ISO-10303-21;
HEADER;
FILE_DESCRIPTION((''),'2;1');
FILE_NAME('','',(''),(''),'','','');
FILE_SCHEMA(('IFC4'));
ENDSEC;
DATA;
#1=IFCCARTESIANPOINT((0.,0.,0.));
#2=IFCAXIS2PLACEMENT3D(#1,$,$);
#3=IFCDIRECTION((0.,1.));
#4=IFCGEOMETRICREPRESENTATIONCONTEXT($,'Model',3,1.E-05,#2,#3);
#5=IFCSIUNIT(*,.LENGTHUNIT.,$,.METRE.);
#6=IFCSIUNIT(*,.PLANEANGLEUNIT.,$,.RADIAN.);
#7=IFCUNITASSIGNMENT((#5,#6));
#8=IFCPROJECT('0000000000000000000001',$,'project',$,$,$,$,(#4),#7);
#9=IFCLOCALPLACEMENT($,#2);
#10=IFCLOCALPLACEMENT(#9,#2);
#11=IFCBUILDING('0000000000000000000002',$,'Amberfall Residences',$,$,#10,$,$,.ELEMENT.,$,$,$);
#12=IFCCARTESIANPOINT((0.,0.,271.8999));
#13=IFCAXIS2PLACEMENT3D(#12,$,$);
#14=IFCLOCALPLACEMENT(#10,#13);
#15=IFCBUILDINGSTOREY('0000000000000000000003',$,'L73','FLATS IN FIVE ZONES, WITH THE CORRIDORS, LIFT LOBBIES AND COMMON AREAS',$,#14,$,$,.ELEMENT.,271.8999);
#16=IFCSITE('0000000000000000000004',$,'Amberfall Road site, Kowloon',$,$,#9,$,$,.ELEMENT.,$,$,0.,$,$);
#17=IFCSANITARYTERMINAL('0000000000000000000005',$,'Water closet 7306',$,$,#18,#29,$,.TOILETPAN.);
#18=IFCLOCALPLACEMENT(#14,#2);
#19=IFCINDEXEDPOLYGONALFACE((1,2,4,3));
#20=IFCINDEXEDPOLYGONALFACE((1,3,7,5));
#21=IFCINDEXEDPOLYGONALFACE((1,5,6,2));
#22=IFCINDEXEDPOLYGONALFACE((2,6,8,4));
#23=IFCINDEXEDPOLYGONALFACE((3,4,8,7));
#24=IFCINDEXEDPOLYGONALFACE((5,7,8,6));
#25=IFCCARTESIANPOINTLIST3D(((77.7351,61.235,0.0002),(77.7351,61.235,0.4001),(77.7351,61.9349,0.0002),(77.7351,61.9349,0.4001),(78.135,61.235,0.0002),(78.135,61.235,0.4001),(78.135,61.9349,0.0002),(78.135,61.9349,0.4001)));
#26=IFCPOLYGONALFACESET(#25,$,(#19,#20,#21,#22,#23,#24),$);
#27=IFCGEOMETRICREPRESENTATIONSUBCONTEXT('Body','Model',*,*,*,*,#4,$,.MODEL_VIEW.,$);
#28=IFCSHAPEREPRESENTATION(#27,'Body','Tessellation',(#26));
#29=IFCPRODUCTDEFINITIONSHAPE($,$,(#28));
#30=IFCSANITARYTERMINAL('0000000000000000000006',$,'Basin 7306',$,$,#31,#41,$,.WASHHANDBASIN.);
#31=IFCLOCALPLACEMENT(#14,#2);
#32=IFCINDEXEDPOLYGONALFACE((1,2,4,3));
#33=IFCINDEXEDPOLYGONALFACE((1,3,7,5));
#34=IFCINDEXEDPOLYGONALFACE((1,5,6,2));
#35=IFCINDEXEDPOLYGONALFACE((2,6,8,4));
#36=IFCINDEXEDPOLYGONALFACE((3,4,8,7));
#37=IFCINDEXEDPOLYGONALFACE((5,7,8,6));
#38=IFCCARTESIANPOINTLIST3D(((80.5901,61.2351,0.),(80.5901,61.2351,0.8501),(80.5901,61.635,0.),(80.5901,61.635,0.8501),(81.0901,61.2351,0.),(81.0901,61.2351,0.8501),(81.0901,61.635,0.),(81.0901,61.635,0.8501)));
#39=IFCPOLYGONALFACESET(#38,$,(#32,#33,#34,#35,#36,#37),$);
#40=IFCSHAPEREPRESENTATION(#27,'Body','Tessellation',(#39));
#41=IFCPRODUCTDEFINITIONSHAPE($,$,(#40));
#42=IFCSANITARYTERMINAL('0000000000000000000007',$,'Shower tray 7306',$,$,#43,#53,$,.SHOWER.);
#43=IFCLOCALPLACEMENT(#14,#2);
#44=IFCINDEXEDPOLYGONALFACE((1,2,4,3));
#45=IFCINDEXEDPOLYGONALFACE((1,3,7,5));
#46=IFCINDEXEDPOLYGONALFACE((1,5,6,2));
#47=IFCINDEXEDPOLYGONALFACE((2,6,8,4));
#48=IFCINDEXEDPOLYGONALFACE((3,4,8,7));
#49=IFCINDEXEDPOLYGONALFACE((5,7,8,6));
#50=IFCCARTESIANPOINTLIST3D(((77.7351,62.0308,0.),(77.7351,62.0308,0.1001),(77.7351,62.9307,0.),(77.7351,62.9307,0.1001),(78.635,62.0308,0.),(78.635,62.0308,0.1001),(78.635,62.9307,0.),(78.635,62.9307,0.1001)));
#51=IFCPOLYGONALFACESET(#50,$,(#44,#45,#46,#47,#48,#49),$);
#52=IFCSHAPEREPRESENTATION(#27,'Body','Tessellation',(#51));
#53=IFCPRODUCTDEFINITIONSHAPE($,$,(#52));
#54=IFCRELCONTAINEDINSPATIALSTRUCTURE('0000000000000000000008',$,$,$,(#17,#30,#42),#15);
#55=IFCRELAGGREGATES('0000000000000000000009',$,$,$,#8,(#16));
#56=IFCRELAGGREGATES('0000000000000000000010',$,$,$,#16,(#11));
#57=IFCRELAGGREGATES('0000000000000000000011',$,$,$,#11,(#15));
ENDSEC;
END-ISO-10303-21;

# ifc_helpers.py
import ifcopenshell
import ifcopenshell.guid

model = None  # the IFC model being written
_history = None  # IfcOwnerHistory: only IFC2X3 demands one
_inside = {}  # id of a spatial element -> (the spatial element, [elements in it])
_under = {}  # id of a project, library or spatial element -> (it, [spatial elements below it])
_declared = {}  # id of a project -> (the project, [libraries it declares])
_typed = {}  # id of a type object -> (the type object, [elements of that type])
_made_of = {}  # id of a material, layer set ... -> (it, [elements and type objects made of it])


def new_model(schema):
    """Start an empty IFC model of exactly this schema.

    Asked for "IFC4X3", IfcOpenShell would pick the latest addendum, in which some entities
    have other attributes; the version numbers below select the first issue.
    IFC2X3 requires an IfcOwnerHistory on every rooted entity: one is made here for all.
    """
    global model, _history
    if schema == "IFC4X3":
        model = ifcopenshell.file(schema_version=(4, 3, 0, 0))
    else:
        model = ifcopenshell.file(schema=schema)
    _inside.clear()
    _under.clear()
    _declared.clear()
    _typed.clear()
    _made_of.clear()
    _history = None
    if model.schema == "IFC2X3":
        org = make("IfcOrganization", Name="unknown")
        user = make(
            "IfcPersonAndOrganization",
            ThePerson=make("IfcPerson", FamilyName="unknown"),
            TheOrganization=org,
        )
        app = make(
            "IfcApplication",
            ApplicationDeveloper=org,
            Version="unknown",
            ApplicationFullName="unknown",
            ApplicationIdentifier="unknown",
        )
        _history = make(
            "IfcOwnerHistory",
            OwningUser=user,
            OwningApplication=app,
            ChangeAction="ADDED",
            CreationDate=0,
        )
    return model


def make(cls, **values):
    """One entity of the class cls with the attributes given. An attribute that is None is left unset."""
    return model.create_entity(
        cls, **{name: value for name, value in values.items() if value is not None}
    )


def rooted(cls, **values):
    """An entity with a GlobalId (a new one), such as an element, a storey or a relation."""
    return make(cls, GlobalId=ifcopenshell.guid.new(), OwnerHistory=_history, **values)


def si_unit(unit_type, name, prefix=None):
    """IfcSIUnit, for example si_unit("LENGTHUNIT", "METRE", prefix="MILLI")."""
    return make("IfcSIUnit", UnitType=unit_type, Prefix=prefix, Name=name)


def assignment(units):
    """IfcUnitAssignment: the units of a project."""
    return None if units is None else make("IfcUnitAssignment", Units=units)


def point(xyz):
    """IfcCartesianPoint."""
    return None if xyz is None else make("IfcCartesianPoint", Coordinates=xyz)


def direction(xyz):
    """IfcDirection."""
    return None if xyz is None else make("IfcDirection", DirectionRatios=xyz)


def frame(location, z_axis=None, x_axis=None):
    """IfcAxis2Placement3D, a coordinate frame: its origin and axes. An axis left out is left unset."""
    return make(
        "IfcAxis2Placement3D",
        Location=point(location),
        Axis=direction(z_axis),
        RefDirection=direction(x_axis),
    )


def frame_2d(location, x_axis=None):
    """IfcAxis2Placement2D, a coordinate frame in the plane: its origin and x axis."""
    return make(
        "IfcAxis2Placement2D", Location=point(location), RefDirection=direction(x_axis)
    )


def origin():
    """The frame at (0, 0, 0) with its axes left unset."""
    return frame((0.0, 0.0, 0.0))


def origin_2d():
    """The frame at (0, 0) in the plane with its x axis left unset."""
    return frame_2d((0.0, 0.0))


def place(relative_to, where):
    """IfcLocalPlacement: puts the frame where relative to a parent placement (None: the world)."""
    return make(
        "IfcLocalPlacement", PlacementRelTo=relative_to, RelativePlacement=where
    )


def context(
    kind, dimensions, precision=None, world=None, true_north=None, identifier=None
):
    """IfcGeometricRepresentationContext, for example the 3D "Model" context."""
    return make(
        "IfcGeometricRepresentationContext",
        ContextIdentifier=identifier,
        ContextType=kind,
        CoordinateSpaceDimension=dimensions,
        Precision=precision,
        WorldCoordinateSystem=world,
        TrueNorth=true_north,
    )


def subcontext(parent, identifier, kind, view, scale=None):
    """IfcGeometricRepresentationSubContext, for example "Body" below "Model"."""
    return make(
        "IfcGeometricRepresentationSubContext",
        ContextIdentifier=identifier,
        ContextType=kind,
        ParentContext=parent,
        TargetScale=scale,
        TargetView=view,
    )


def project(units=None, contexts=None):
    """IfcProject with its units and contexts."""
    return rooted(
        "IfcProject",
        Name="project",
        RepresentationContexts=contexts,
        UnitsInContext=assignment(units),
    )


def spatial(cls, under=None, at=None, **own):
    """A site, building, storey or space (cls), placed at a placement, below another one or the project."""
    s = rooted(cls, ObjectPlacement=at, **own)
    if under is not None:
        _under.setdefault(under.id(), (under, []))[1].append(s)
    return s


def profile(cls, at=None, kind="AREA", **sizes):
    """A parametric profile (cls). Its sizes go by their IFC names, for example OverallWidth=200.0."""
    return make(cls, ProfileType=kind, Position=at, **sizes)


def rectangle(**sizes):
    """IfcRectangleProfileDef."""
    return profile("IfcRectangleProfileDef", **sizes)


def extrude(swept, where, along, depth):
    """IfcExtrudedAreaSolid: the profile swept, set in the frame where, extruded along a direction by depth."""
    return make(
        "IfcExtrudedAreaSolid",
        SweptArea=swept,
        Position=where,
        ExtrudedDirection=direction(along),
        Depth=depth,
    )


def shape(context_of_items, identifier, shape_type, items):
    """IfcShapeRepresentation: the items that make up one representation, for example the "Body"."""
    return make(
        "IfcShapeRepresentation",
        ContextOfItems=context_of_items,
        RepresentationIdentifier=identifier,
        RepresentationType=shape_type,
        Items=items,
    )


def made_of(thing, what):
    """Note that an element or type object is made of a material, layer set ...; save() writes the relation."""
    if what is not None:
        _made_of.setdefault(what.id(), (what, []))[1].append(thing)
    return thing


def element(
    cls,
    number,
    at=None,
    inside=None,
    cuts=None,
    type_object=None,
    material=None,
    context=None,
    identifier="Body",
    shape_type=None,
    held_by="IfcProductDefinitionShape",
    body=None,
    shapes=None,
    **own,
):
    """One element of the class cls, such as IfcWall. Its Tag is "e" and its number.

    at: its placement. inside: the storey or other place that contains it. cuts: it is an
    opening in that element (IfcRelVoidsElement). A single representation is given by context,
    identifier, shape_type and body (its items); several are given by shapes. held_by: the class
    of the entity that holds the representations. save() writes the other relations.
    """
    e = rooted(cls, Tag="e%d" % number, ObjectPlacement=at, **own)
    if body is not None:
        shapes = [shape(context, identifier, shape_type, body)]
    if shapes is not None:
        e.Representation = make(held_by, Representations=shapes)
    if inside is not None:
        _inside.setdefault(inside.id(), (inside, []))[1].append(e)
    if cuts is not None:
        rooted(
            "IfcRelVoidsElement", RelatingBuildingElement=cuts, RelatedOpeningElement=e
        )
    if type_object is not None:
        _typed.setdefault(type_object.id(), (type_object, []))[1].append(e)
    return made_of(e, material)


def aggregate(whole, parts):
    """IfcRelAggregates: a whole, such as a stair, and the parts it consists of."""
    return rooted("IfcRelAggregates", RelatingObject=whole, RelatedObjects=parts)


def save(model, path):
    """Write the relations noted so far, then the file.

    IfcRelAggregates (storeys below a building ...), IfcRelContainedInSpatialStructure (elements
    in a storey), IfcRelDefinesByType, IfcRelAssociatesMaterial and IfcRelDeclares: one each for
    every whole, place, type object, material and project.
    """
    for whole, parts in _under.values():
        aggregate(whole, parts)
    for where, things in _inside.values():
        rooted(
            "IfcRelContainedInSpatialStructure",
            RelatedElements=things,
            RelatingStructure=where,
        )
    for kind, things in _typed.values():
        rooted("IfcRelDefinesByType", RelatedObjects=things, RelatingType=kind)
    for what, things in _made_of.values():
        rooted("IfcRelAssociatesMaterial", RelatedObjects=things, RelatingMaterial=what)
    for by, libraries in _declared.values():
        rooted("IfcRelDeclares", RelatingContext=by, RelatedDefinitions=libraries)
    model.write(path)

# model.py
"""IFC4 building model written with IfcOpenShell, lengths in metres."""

from ifc_helpers import new_model, si_unit, direction, frame, origin, origin_2d, place, context, subcontext, project, spatial, rectangle, extrude, element, save


model = new_model("IFC4")

# Units and contexts
model_context = context("Model", 3, precision=1e-05, world=origin(), true_north=direction((0.0, 1.0)))
body_context = subcontext(model_context, "Body", "Model", "MODEL_VIEW")
ifc_project = project(units=[si_unit("LENGTHUNIT", "METRE"), si_unit("PLANEANGLEUNIT", "RADIAN")], contexts=[model_context])

# Site, building, storey
site_placement = place(None, origin())
site = spatial("IfcSite", under=ifc_project, at=site_placement, Name="Amberfall Road site, Kowloon", CompositionType="ELEMENT", RefElevation=0.0)
building_placement = place(site_placement, origin())
building = spatial("IfcBuilding", under=site, at=building_placement, Name="Amberfall Residences", CompositionType="ELEMENT")
storey_placement = place(building_placement, frame((0.0, 0.0, 271.8999)))
storey = spatial("IfcBuildingStorey", under=building, at=storey_placement, Name="L73", Description="FLATS IN FIVE ZONES, WITH THE CORRIDORS, LIFT LOBBIES AND COMMON AREAS", CompositionType="ELEMENT", Elevation=271.8999)

# Sanitary terminals
sanitary_terminal_1_placement = place(storey_placement, frame((77.9351, 61.585, 0.0002), z_axis=(0.0, 0.0, 1.0), x_axis=(1.0, 0.0, 0.0)))
element("IfcSanitaryTerminal", 1, at=sanitary_terminal_1_placement, inside=storey, Name="Water closet 7306", PredefinedType="TOILETPAN", context=body_context, shape_type="SweptSolid", body=[
    extrude(rectangle(XDim=0.3999, YDim=0.7, at=origin_2d()), origin(), (0.0, 0.0, 1.0), 0.3999),
])
sanitary_terminal_2_placement = place(storey_placement, frame((80.8401, 61.4351, 0.0), z_axis=(0.0, 0.0, 1.0), x_axis=(1.0, 0.0, 0.0)))
element("IfcSanitaryTerminal", 2, at=sanitary_terminal_2_placement, inside=storey, Name="Basin 7306", PredefinedType="WASHHANDBASIN", context=body_context, shape_type="SweptSolid", body=[
    extrude(rectangle(XDim=0.5, YDim=0.3999, at=origin_2d()), origin(), (0.0, 0.0, 1.0), 0.8501),
])
sanitary_terminal_3_placement = place(storey_placement, frame((78.1851, 62.4807, 0.0), z_axis=(0.0, 0.0, 1.0), x_axis=(1.0, 0.0, 0.0)))
element("IfcSanitaryTerminal", 3, at=sanitary_terminal_3_placement, inside=storey, Name="Shower tray 7306", PredefinedType="SHOWER", context=body_context, shape_type="SweptSolid", body=[
    extrude(rectangle(XDim=0.8999, YDim=0.8999, at=origin_2d()), origin(), (0.0, 0.0, 1.0), 0.1001),
])

save(model, "model.ifc")
